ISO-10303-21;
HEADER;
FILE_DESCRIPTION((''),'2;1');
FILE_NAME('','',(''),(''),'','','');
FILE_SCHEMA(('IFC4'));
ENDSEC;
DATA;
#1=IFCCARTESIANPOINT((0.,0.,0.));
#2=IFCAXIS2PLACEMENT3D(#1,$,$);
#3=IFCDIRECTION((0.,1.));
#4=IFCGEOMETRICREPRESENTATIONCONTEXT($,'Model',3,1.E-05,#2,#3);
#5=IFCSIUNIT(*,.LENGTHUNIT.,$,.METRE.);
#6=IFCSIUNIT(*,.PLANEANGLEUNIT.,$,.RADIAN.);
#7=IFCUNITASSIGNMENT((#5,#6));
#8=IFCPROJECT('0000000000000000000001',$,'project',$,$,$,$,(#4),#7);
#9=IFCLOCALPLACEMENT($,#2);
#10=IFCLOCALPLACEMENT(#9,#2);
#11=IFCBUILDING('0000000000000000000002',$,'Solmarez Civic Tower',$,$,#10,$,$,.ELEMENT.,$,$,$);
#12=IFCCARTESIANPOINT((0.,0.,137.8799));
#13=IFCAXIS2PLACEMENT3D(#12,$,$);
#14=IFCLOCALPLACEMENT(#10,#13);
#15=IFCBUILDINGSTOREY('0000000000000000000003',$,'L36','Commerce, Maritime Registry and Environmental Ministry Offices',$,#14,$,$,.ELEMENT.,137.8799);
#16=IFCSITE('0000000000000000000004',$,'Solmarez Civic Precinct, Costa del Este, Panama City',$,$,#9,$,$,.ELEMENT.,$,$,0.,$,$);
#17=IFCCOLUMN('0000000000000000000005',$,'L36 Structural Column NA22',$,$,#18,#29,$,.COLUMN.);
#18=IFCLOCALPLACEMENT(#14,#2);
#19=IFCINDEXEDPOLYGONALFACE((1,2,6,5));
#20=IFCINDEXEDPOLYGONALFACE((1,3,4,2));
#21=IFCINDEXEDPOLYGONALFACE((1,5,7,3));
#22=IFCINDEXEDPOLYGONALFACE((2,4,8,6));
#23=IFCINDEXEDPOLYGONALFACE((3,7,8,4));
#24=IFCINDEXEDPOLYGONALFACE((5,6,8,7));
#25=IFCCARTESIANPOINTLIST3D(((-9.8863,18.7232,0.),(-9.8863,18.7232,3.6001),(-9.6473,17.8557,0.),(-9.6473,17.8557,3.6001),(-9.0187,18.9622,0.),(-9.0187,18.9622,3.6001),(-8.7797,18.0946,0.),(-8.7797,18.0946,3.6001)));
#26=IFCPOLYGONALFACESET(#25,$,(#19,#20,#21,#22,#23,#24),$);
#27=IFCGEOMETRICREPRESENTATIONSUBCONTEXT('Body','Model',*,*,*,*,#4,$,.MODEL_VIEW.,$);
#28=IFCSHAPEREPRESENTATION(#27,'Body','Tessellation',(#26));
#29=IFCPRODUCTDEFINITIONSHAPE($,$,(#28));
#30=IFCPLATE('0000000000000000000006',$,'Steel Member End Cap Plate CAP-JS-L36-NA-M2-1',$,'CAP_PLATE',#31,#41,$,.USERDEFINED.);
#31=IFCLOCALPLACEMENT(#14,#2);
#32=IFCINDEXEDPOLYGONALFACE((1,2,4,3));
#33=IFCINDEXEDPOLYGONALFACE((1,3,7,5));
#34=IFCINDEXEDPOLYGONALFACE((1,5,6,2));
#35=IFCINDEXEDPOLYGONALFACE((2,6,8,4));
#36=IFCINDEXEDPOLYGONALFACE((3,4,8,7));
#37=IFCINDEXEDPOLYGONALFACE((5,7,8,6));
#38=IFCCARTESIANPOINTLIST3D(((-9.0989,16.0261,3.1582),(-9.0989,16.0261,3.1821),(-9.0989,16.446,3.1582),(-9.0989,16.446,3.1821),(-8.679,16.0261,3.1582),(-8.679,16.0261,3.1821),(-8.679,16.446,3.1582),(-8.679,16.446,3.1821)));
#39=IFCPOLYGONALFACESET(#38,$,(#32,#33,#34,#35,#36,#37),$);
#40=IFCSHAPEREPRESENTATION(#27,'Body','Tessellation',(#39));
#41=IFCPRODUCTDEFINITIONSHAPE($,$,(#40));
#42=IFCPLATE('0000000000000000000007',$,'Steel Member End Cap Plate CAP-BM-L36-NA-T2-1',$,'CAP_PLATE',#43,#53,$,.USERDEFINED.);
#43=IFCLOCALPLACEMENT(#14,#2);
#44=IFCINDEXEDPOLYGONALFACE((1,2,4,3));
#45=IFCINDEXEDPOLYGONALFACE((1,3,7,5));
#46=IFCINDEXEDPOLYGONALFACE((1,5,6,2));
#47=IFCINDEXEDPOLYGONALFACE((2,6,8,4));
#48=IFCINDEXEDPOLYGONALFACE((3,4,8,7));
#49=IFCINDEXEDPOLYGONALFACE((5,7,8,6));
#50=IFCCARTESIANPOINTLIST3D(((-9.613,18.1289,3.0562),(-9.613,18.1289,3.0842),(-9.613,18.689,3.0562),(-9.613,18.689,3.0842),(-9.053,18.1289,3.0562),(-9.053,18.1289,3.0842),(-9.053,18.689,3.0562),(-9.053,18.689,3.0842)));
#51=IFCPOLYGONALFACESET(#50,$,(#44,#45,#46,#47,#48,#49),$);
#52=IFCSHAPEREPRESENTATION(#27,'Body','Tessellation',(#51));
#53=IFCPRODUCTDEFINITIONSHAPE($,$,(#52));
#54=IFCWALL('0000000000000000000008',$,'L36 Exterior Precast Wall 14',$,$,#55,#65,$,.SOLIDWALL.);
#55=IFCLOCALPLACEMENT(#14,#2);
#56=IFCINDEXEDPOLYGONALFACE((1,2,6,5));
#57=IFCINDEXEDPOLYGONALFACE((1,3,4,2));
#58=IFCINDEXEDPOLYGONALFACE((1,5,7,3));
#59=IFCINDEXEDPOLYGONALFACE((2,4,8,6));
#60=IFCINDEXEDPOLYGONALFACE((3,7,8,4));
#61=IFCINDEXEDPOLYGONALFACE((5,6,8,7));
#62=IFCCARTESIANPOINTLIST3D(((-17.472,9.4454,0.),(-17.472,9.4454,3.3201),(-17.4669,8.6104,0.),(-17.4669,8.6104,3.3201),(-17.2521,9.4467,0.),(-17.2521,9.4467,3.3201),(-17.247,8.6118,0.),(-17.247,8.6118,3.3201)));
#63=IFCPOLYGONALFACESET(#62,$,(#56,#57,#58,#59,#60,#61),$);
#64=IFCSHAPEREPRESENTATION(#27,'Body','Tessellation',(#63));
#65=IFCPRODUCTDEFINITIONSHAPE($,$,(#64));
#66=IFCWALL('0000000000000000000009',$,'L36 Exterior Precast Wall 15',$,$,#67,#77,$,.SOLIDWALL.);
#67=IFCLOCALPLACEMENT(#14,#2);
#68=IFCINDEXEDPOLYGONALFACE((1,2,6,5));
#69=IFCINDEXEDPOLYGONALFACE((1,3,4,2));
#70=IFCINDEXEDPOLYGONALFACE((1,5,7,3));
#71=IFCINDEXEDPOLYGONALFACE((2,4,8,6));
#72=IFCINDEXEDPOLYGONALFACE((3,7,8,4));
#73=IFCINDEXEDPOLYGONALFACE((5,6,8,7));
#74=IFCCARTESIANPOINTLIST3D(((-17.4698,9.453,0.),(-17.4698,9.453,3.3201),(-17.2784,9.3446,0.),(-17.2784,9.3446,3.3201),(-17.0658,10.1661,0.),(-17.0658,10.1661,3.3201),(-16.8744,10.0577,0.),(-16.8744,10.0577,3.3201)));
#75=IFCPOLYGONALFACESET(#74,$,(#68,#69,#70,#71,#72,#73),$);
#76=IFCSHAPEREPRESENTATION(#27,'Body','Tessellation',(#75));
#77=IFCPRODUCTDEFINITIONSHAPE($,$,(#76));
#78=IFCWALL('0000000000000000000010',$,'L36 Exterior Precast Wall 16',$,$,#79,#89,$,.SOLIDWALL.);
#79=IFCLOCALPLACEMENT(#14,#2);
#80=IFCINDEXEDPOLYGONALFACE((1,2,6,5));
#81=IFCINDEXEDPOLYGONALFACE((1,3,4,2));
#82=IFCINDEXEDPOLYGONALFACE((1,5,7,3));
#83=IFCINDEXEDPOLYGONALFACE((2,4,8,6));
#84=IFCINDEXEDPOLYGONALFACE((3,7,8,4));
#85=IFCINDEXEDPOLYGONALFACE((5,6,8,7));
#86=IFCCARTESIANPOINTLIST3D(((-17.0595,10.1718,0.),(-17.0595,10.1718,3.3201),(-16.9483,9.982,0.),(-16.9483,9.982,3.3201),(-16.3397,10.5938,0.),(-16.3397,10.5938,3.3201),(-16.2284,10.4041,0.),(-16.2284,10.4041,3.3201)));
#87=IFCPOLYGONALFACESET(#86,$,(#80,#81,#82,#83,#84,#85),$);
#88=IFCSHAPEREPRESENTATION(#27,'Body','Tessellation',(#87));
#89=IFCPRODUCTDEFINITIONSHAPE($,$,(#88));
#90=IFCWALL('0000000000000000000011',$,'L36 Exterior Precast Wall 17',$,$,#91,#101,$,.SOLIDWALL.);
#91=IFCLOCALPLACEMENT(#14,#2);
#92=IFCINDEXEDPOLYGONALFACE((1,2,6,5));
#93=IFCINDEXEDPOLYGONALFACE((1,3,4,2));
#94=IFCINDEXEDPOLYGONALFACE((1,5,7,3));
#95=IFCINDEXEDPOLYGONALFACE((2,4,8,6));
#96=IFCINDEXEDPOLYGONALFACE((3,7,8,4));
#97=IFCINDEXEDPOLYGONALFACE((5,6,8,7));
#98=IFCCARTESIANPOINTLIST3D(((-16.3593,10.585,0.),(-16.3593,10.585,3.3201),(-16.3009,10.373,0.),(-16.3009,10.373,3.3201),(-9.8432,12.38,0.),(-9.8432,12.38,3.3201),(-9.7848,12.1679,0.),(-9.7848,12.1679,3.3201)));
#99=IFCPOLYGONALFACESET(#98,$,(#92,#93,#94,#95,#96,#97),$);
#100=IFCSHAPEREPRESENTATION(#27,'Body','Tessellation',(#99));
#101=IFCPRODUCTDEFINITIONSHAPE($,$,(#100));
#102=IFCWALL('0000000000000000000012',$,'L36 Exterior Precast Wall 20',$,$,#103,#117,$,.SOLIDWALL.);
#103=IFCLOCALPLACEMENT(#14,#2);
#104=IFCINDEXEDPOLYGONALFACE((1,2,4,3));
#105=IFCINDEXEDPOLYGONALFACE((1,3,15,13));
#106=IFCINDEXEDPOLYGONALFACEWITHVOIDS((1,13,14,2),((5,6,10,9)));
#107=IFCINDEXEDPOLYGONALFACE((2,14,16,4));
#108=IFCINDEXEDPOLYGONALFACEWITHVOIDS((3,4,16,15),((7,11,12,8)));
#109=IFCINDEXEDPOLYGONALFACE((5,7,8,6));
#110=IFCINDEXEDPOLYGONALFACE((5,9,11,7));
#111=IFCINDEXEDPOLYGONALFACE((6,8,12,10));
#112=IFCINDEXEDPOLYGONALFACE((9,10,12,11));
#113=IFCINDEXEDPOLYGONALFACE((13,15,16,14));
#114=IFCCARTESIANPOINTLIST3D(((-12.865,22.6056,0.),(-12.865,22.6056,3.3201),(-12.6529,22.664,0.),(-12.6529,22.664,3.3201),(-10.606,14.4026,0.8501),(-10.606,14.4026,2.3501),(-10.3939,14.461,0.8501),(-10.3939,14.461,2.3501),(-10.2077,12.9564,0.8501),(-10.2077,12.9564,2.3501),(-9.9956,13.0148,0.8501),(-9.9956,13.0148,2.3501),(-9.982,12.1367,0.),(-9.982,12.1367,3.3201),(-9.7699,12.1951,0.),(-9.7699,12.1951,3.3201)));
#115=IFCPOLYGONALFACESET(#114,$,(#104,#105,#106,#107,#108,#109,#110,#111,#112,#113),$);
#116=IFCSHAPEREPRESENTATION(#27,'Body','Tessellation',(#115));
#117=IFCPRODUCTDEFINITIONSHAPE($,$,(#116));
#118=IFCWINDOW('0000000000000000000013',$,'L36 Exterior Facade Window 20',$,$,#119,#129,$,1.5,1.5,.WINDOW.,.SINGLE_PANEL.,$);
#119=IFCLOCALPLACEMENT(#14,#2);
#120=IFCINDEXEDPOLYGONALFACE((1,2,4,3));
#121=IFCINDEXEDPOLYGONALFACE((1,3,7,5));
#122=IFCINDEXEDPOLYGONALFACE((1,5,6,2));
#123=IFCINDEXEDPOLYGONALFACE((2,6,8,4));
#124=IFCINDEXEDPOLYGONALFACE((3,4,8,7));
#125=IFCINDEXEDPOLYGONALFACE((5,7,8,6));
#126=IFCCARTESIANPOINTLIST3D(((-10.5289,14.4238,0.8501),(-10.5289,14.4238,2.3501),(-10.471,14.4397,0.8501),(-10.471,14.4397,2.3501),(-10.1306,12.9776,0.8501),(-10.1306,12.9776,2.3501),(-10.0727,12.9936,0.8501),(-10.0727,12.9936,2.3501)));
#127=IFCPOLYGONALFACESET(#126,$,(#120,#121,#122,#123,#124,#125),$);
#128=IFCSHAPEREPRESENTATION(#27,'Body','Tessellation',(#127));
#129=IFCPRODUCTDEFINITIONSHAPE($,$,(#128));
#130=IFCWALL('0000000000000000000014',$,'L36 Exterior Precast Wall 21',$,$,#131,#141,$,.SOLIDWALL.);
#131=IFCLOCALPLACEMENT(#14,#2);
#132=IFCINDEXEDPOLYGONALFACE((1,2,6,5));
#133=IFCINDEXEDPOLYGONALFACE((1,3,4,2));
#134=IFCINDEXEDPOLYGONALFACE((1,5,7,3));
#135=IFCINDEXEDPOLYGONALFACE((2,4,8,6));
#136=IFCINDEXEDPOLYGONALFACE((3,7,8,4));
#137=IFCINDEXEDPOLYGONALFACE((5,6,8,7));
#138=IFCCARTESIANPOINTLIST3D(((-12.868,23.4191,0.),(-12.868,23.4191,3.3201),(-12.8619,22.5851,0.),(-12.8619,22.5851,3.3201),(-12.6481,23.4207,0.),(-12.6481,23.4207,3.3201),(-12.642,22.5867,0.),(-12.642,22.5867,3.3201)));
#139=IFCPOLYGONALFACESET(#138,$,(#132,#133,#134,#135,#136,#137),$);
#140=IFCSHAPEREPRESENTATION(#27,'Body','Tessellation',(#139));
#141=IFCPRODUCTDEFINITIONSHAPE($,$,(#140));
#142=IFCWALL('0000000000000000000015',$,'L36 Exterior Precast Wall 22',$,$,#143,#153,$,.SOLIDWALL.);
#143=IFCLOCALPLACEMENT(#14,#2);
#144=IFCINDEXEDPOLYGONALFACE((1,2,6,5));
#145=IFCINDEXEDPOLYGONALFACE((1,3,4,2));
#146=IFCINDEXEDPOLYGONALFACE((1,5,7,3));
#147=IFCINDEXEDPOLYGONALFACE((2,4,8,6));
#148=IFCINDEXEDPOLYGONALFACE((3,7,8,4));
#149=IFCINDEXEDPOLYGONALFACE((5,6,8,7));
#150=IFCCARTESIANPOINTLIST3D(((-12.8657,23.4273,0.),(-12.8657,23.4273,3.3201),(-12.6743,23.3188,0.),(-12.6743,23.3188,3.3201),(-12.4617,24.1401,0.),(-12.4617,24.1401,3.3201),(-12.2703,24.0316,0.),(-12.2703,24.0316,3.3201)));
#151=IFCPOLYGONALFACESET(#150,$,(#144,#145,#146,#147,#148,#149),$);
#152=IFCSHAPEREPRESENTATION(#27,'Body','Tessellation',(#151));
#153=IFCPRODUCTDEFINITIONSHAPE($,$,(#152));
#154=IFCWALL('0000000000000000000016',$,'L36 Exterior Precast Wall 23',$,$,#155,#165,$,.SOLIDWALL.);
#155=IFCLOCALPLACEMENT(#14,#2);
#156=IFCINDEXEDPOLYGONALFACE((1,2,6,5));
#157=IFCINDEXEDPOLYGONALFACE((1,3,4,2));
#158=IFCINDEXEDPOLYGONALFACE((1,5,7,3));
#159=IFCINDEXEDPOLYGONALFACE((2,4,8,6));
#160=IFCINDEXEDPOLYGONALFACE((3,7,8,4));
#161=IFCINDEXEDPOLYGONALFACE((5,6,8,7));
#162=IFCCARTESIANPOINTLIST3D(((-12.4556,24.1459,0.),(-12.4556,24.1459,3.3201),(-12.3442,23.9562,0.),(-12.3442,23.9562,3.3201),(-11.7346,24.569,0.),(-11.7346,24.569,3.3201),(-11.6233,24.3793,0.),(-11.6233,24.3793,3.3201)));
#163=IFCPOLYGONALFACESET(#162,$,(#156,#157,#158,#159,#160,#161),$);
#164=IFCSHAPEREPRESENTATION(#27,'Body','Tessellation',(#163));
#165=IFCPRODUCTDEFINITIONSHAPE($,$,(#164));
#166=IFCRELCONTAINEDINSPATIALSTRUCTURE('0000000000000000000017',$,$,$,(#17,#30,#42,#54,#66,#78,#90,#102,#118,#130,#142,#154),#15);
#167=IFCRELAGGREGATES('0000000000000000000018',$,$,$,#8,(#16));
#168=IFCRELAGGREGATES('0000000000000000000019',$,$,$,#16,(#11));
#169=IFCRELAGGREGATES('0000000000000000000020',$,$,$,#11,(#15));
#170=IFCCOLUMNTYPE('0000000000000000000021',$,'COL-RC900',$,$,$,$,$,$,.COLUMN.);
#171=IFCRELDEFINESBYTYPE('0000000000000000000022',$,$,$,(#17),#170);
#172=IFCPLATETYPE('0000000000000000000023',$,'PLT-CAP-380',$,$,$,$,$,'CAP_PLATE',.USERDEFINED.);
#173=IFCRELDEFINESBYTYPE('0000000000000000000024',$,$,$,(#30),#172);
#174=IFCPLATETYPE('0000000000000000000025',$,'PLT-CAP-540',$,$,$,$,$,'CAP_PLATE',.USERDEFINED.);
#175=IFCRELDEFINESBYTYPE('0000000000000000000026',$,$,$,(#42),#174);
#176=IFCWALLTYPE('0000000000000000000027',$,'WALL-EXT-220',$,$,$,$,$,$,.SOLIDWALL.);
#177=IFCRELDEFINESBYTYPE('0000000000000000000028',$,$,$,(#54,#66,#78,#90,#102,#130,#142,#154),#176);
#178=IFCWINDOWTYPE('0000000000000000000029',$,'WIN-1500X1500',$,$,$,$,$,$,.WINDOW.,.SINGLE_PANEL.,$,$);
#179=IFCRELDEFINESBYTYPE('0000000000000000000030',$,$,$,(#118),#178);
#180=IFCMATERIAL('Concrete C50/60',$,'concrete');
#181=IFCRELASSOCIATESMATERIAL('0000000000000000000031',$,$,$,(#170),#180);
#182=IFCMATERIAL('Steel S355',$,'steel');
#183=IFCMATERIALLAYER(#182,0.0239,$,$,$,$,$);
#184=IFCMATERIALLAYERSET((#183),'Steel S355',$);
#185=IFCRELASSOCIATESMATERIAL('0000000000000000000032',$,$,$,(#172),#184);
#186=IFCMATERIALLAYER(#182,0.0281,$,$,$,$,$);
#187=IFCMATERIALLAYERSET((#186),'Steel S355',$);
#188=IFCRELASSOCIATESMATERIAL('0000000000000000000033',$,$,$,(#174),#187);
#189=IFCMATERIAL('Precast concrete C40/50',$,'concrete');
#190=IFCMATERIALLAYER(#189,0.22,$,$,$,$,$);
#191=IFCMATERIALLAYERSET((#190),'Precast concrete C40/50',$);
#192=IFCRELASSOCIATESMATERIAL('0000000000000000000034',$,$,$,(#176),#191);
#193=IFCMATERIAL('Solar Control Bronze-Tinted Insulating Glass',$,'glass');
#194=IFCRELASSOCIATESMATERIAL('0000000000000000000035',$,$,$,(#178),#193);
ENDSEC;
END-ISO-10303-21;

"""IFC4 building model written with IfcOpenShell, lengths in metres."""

from ifc_helpers import new_model, si_unit, direction, frame, frame_2d, origin, origin_2d, place, context, subcontext, project, spatial, rectangle, extrude, material, layer, layer_set, material_profile, profile_set, type_object, element, fill, save


model = new_model("IFC4")

# Units and contexts
model_context = context("Model", 3, precision=1e-05, world=origin(), true_north=direction((0.0, 1.0)))
body_context = subcontext(model_context, "Body", "Model", "MODEL_VIEW")
ifc_project = project(units=[si_unit("LENGTHUNIT", "METRE"), si_unit("PLANEANGLEUNIT", "RADIAN")], contexts=[model_context])

# Site, building, storey
site_placement = place(None, origin())
site = spatial("IfcSite", under=ifc_project, at=site_placement, Name="Solmarez Civic Precinct, Costa del Este, Panama City", CompositionType="ELEMENT", RefElevation=0.0)
building_placement = place(site_placement, origin())
building = spatial("IfcBuilding", under=site, at=building_placement, Name="Solmarez Civic Tower", CompositionType="ELEMENT")
storey_placement = place(building_placement, frame((0.0, 0.0, 137.8799)))
storey = spatial("IfcBuildingStorey", under=building, at=storey_placement, Name="L36", Description="Commerce, Maritime Registry and Environmental Ministry Offices", CompositionType="ELEMENT", Elevation=137.8799)

# Column
ifc_material_1 = material(Name="Concrete C50/60", Category="concrete")
ifc_material_profile = material_profile(ifc_material_1, rectangle(XDim=0.8999, YDim=0.8999, at=origin_2d()), Name="RC900X900")
ifc_profile_set = profile_set([ifc_material_profile], Name="Concrete C50/60")
column_type = type_object("IfcColumnType", Name="COL-RC900", PredefinedType="COLUMN", material=ifc_profile_set)
column_placement = place(storey_placement, frame((-9.333, 18.4089, 0.0), z_axis=(0.0, 0.0, 1.0), x_axis=(0.964095, 0.265556, 0.0)))
element("IfcColumn", 1, at=column_placement, inside=storey, type_object=column_type, Name="L36 Structural Column NA22", PredefinedType="COLUMN", context=body_context, shape_type="SweptSolid", body=[
    extrude(rectangle(XDim=0.8999, YDim=0.8999, at=origin_2d()), origin(), (0.0, 0.0, 1.0), 3.6001),
])

# Plates
ifc_material_2 = material(Name="Steel S355", Category="steel")
ifc_layer_1 = layer(ifc_material_2, 0.0239)
ifc_layer_set_1 = layer_set([ifc_layer_1], Name="Steel S355")
plate_type_1 = type_object("IfcPlateType", Name="PLT-CAP-380", ElementType="CAP_PLATE", PredefinedType="USERDEFINED", material=ifc_layer_set_1)
plate_1_placement = place(storey_placement, frame((-8.8889, 16.2361, 3.1582), z_axis=(0.0, 0.0, 1.0), x_axis=(1.0, 0.0, 0.0)))
element("IfcPlate", 2, at=plate_1_placement, inside=storey, type_object=plate_type_1, Name="Steel Member End Cap Plate CAP-JS-L36-NA-M2-1", ObjectType="CAP_PLATE", PredefinedType="USERDEFINED", context=body_context, shape_type="SweptSolid", body=[
    extrude(rectangle(XDim=0.4199, YDim=0.4199, at=origin_2d()), origin(), (0.0, 0.0, 1.0), 0.0239),
])
ifc_layer_2 = layer(ifc_material_2, 0.0281)
ifc_layer_set_2 = layer_set([ifc_layer_2], Name="Steel S355")
plate_type_2 = type_object("IfcPlateType", Name="PLT-CAP-540", ElementType="CAP_PLATE", PredefinedType="USERDEFINED", material=ifc_layer_set_2)
plate_2_placement = place(storey_placement, frame((-9.333, 18.4089, 3.0562), z_axis=(0.0, 0.0, 1.0), x_axis=(1.0, 0.0, 0.0)))
element("IfcPlate", 3, at=plate_2_placement, inside=storey, type_object=plate_type_2, Name="Steel Member End Cap Plate CAP-BM-L36-NA-T2-1", ObjectType="CAP_PLATE", PredefinedType="USERDEFINED", context=body_context, shape_type="SweptSolid", body=[
    extrude(rectangle(XDim=0.5601, YDim=0.5601, at=origin_2d()), origin(), (0.0, 0.0, 1.0), 0.0281),
])

# Walls
ifc_material_3 = material(Name="Precast concrete C40/50", Category="concrete")
ifc_layer_3 = layer(ifc_material_3, 0.22)
ifc_layer_set_3 = layer_set([ifc_layer_3], Name="Precast concrete C40/50")
wall_type_1 = type_object("IfcWallType", Name="WALL-EXT-220", PredefinedType="SOLIDWALL", material=ifc_layer_set_3)
wall_1_placement = place(storey_placement, frame((-17.3569, 8.6111, 0.0), z_axis=(0.0, 0.0, 1.0), x_axis=(-0.00614, 0.999981, 0.0)))
element("IfcWall", 4, at=wall_1_placement, inside=storey, type_object=wall_type_1, Name="L36 Exterior Precast Wall 14", PredefinedType="SOLIDWALL", context=body_context, shape_type="SweptSolid", body=[
    extrude(rectangle(XDim=0.835, YDim=0.22, at=frame_2d((0.4175, 0.0))), origin(), (0.0, 0.0, 1.0), 3.3201),
])
wall_2_placement = place(storey_placement, frame((-17.374, 9.3989, 0.0), z_axis=(0.0, 0.0, 1.0), x_axis=(0.49296, 0.870052, 0.0)))
element("IfcWall", 5, at=wall_2_placement, inside=storey, type_object=wall_type_1, Name="L36 Exterior Precast Wall 15", PredefinedType="SOLIDWALL", context=body_context, shape_type="SweptSolid", body=[
    extrude(rectangle(XDim=0.8196, YDim=0.22, at=frame_2d((0.4097, 0.0))), origin(), (0.0, 0.0, 1.0), 3.3201),
])
wall_3_placement = place(storey_placement, frame((-17.0039, 10.0769, 0.0), z_axis=(0.0, 0.0, 1.0), x_axis=(0.862663, 0.50578, 0.0)))
element("IfcWall", 6, at=wall_3_placement, inside=storey, type_object=wall_type_1, Name="L36 Exterior Precast Wall 16", PredefinedType="SOLIDWALL", context=body_context, shape_type="SweptSolid", body=[
    extrude(rectangle(XDim=0.8345, YDim=0.22, at=frame_2d((0.4172, 0.0))), origin(), (0.0, 0.0, 1.0), 3.3201),
])
wall_4_placement = place(storey_placement, frame((-16.3301, 10.479, 0.0), z_axis=(0.0, 0.0, 1.0), x_axis=(0.964092, 0.265568, 0.0)))
element("IfcWall", 7, at=wall_4_placement, inside=storey, type_object=wall_type_1, Name="L36 Exterior Precast Wall 17", PredefinedType="SOLIDWALL", context=body_context, shape_type="SweptSolid", body=[
    extrude(rectangle(XDim=6.7588, YDim=0.22, at=frame_2d((3.3794, 0.0))), origin(), (0.0, 0.0, 1.0), 3.3201),
])

# Wall, opening, window
wall_5_placement = place(storey_placement, frame((-9.876, 12.166, 0.0), z_axis=(0.0, 0.0, 1.0), x_axis=(-0.265506, 0.964109, 0.0)))
wall_5 = element("IfcWall", 8, at=wall_5_placement, inside=storey, type_object=wall_type_1, Name="L36 Exterior Precast Wall 20", PredefinedType="SOLIDWALL", context=body_context, shape_type="SweptSolid", body=[
    extrude(rectangle(XDim=10.8586, YDim=0.22, at=frame_2d((5.4292, 0.0))), origin(), (0.0, 0.0, 1.0), 3.3201),
])
opening_1_placement = place(wall_5_placement, frame((0.8501, 0.0, 0.8501)))
opening_1 = element("IfcOpeningElement", 9, at=opening_1_placement, cuts=wall_5, PredefinedType="OPENING", context=body_context, shape_type="SweptSolid", body=[
    extrude(rectangle(XDim=1.5, YDim=1.5, at=frame_2d((0.75, 0.75))), frame((0.0, 0.1199, 0.0), z_axis=(0.0, -1.0, 0.0), x_axis=(1.0, 0.0, 0.0)), (0.0, 0.0, 1.0), 0.24),
])
ifc_material_4 = material(Name="Solar Control Bronze-Tinted Insulating Glass", Category="glass")
window_type_1 = type_object("IfcWindowType", Name="WIN-1500X1500", PartitioningType="SINGLE_PANEL", PredefinedType="WINDOW", material=ifc_material_4)
window_1_placement = place(opening_1_placement, origin())
window_1 = element("IfcWindow", 10, at=window_1_placement, inside=storey, type_object=window_type_1, Name="L36 Exterior Facade Window 20", OverallHeight=1.5, OverallWidth=1.5, PartitioningType="SINGLE_PANEL", PredefinedType="WINDOW", context=body_context, shape_type="SweptSolid", body=[
    extrude(rectangle(XDim=1.5, YDim=1.5, at=frame_2d((0.75, 0.75))), frame((0.0, 0.03, 0.0), z_axis=(0.0, -1.0, 0.0), x_axis=(1.0, 0.0, 0.0)), (0.0, 0.0, 1.0), 0.0601),
])
fill(opening_1, window_1)

# Walls
wall_6_placement = place(storey_placement, frame((-12.752, 22.5859, 0.0), z_axis=(0.0, 0.0, 1.0), x_axis=(-0.007318, 0.999973, 0.0)))
element("IfcWall", 11, at=wall_6_placement, inside=storey, type_object=wall_type_1, Name="L36 Exterior Precast Wall 21", PredefinedType="SOLIDWALL", context=body_context, shape_type="SweptSolid", body=[
    extrude(rectangle(XDim=0.834, YDim=0.22, at=frame_2d((0.417, 0.0))), origin(), (0.0, 0.0, 1.0), 3.3201),
])
wall_7_placement = place(storey_placement, frame((-12.77, 23.373, 0.0), z_axis=(0.0, 0.0, 1.0), x_axis=(0.493088, 0.86998, 0.0)))
element("IfcWall", 12, at=wall_7_placement, inside=storey, type_object=wall_type_1, Name="L36 Exterior Precast Wall 22", PredefinedType="SOLIDWALL", context=body_context, shape_type="SweptSolid", body=[
    extrude(rectangle(XDim=0.8193, YDim=0.22, at=frame_2d((0.4097, 0.0))), origin(), (0.0, 0.0, 1.0), 3.3201),
])
wall_8_placement = place(storey_placement, frame((-12.3999, 24.051, 0.0), z_axis=(0.0, 0.0, 1.0), x_axis=(0.862452, 0.506139, 0.0)))
element("IfcWall", 13, at=wall_8_placement, inside=storey, type_object=wall_type_1, Name="L36 Exterior Precast Wall 23", PredefinedType="SOLIDWALL", context=body_context, shape_type="SweptSolid", body=[
    extrude(rectangle(XDim=0.8359, YDim=0.22, at=frame_2d((0.418, 0.0))), origin(), (0.0, 0.0, 1.0), 3.3201),
])

save(model, "model.ifc")
